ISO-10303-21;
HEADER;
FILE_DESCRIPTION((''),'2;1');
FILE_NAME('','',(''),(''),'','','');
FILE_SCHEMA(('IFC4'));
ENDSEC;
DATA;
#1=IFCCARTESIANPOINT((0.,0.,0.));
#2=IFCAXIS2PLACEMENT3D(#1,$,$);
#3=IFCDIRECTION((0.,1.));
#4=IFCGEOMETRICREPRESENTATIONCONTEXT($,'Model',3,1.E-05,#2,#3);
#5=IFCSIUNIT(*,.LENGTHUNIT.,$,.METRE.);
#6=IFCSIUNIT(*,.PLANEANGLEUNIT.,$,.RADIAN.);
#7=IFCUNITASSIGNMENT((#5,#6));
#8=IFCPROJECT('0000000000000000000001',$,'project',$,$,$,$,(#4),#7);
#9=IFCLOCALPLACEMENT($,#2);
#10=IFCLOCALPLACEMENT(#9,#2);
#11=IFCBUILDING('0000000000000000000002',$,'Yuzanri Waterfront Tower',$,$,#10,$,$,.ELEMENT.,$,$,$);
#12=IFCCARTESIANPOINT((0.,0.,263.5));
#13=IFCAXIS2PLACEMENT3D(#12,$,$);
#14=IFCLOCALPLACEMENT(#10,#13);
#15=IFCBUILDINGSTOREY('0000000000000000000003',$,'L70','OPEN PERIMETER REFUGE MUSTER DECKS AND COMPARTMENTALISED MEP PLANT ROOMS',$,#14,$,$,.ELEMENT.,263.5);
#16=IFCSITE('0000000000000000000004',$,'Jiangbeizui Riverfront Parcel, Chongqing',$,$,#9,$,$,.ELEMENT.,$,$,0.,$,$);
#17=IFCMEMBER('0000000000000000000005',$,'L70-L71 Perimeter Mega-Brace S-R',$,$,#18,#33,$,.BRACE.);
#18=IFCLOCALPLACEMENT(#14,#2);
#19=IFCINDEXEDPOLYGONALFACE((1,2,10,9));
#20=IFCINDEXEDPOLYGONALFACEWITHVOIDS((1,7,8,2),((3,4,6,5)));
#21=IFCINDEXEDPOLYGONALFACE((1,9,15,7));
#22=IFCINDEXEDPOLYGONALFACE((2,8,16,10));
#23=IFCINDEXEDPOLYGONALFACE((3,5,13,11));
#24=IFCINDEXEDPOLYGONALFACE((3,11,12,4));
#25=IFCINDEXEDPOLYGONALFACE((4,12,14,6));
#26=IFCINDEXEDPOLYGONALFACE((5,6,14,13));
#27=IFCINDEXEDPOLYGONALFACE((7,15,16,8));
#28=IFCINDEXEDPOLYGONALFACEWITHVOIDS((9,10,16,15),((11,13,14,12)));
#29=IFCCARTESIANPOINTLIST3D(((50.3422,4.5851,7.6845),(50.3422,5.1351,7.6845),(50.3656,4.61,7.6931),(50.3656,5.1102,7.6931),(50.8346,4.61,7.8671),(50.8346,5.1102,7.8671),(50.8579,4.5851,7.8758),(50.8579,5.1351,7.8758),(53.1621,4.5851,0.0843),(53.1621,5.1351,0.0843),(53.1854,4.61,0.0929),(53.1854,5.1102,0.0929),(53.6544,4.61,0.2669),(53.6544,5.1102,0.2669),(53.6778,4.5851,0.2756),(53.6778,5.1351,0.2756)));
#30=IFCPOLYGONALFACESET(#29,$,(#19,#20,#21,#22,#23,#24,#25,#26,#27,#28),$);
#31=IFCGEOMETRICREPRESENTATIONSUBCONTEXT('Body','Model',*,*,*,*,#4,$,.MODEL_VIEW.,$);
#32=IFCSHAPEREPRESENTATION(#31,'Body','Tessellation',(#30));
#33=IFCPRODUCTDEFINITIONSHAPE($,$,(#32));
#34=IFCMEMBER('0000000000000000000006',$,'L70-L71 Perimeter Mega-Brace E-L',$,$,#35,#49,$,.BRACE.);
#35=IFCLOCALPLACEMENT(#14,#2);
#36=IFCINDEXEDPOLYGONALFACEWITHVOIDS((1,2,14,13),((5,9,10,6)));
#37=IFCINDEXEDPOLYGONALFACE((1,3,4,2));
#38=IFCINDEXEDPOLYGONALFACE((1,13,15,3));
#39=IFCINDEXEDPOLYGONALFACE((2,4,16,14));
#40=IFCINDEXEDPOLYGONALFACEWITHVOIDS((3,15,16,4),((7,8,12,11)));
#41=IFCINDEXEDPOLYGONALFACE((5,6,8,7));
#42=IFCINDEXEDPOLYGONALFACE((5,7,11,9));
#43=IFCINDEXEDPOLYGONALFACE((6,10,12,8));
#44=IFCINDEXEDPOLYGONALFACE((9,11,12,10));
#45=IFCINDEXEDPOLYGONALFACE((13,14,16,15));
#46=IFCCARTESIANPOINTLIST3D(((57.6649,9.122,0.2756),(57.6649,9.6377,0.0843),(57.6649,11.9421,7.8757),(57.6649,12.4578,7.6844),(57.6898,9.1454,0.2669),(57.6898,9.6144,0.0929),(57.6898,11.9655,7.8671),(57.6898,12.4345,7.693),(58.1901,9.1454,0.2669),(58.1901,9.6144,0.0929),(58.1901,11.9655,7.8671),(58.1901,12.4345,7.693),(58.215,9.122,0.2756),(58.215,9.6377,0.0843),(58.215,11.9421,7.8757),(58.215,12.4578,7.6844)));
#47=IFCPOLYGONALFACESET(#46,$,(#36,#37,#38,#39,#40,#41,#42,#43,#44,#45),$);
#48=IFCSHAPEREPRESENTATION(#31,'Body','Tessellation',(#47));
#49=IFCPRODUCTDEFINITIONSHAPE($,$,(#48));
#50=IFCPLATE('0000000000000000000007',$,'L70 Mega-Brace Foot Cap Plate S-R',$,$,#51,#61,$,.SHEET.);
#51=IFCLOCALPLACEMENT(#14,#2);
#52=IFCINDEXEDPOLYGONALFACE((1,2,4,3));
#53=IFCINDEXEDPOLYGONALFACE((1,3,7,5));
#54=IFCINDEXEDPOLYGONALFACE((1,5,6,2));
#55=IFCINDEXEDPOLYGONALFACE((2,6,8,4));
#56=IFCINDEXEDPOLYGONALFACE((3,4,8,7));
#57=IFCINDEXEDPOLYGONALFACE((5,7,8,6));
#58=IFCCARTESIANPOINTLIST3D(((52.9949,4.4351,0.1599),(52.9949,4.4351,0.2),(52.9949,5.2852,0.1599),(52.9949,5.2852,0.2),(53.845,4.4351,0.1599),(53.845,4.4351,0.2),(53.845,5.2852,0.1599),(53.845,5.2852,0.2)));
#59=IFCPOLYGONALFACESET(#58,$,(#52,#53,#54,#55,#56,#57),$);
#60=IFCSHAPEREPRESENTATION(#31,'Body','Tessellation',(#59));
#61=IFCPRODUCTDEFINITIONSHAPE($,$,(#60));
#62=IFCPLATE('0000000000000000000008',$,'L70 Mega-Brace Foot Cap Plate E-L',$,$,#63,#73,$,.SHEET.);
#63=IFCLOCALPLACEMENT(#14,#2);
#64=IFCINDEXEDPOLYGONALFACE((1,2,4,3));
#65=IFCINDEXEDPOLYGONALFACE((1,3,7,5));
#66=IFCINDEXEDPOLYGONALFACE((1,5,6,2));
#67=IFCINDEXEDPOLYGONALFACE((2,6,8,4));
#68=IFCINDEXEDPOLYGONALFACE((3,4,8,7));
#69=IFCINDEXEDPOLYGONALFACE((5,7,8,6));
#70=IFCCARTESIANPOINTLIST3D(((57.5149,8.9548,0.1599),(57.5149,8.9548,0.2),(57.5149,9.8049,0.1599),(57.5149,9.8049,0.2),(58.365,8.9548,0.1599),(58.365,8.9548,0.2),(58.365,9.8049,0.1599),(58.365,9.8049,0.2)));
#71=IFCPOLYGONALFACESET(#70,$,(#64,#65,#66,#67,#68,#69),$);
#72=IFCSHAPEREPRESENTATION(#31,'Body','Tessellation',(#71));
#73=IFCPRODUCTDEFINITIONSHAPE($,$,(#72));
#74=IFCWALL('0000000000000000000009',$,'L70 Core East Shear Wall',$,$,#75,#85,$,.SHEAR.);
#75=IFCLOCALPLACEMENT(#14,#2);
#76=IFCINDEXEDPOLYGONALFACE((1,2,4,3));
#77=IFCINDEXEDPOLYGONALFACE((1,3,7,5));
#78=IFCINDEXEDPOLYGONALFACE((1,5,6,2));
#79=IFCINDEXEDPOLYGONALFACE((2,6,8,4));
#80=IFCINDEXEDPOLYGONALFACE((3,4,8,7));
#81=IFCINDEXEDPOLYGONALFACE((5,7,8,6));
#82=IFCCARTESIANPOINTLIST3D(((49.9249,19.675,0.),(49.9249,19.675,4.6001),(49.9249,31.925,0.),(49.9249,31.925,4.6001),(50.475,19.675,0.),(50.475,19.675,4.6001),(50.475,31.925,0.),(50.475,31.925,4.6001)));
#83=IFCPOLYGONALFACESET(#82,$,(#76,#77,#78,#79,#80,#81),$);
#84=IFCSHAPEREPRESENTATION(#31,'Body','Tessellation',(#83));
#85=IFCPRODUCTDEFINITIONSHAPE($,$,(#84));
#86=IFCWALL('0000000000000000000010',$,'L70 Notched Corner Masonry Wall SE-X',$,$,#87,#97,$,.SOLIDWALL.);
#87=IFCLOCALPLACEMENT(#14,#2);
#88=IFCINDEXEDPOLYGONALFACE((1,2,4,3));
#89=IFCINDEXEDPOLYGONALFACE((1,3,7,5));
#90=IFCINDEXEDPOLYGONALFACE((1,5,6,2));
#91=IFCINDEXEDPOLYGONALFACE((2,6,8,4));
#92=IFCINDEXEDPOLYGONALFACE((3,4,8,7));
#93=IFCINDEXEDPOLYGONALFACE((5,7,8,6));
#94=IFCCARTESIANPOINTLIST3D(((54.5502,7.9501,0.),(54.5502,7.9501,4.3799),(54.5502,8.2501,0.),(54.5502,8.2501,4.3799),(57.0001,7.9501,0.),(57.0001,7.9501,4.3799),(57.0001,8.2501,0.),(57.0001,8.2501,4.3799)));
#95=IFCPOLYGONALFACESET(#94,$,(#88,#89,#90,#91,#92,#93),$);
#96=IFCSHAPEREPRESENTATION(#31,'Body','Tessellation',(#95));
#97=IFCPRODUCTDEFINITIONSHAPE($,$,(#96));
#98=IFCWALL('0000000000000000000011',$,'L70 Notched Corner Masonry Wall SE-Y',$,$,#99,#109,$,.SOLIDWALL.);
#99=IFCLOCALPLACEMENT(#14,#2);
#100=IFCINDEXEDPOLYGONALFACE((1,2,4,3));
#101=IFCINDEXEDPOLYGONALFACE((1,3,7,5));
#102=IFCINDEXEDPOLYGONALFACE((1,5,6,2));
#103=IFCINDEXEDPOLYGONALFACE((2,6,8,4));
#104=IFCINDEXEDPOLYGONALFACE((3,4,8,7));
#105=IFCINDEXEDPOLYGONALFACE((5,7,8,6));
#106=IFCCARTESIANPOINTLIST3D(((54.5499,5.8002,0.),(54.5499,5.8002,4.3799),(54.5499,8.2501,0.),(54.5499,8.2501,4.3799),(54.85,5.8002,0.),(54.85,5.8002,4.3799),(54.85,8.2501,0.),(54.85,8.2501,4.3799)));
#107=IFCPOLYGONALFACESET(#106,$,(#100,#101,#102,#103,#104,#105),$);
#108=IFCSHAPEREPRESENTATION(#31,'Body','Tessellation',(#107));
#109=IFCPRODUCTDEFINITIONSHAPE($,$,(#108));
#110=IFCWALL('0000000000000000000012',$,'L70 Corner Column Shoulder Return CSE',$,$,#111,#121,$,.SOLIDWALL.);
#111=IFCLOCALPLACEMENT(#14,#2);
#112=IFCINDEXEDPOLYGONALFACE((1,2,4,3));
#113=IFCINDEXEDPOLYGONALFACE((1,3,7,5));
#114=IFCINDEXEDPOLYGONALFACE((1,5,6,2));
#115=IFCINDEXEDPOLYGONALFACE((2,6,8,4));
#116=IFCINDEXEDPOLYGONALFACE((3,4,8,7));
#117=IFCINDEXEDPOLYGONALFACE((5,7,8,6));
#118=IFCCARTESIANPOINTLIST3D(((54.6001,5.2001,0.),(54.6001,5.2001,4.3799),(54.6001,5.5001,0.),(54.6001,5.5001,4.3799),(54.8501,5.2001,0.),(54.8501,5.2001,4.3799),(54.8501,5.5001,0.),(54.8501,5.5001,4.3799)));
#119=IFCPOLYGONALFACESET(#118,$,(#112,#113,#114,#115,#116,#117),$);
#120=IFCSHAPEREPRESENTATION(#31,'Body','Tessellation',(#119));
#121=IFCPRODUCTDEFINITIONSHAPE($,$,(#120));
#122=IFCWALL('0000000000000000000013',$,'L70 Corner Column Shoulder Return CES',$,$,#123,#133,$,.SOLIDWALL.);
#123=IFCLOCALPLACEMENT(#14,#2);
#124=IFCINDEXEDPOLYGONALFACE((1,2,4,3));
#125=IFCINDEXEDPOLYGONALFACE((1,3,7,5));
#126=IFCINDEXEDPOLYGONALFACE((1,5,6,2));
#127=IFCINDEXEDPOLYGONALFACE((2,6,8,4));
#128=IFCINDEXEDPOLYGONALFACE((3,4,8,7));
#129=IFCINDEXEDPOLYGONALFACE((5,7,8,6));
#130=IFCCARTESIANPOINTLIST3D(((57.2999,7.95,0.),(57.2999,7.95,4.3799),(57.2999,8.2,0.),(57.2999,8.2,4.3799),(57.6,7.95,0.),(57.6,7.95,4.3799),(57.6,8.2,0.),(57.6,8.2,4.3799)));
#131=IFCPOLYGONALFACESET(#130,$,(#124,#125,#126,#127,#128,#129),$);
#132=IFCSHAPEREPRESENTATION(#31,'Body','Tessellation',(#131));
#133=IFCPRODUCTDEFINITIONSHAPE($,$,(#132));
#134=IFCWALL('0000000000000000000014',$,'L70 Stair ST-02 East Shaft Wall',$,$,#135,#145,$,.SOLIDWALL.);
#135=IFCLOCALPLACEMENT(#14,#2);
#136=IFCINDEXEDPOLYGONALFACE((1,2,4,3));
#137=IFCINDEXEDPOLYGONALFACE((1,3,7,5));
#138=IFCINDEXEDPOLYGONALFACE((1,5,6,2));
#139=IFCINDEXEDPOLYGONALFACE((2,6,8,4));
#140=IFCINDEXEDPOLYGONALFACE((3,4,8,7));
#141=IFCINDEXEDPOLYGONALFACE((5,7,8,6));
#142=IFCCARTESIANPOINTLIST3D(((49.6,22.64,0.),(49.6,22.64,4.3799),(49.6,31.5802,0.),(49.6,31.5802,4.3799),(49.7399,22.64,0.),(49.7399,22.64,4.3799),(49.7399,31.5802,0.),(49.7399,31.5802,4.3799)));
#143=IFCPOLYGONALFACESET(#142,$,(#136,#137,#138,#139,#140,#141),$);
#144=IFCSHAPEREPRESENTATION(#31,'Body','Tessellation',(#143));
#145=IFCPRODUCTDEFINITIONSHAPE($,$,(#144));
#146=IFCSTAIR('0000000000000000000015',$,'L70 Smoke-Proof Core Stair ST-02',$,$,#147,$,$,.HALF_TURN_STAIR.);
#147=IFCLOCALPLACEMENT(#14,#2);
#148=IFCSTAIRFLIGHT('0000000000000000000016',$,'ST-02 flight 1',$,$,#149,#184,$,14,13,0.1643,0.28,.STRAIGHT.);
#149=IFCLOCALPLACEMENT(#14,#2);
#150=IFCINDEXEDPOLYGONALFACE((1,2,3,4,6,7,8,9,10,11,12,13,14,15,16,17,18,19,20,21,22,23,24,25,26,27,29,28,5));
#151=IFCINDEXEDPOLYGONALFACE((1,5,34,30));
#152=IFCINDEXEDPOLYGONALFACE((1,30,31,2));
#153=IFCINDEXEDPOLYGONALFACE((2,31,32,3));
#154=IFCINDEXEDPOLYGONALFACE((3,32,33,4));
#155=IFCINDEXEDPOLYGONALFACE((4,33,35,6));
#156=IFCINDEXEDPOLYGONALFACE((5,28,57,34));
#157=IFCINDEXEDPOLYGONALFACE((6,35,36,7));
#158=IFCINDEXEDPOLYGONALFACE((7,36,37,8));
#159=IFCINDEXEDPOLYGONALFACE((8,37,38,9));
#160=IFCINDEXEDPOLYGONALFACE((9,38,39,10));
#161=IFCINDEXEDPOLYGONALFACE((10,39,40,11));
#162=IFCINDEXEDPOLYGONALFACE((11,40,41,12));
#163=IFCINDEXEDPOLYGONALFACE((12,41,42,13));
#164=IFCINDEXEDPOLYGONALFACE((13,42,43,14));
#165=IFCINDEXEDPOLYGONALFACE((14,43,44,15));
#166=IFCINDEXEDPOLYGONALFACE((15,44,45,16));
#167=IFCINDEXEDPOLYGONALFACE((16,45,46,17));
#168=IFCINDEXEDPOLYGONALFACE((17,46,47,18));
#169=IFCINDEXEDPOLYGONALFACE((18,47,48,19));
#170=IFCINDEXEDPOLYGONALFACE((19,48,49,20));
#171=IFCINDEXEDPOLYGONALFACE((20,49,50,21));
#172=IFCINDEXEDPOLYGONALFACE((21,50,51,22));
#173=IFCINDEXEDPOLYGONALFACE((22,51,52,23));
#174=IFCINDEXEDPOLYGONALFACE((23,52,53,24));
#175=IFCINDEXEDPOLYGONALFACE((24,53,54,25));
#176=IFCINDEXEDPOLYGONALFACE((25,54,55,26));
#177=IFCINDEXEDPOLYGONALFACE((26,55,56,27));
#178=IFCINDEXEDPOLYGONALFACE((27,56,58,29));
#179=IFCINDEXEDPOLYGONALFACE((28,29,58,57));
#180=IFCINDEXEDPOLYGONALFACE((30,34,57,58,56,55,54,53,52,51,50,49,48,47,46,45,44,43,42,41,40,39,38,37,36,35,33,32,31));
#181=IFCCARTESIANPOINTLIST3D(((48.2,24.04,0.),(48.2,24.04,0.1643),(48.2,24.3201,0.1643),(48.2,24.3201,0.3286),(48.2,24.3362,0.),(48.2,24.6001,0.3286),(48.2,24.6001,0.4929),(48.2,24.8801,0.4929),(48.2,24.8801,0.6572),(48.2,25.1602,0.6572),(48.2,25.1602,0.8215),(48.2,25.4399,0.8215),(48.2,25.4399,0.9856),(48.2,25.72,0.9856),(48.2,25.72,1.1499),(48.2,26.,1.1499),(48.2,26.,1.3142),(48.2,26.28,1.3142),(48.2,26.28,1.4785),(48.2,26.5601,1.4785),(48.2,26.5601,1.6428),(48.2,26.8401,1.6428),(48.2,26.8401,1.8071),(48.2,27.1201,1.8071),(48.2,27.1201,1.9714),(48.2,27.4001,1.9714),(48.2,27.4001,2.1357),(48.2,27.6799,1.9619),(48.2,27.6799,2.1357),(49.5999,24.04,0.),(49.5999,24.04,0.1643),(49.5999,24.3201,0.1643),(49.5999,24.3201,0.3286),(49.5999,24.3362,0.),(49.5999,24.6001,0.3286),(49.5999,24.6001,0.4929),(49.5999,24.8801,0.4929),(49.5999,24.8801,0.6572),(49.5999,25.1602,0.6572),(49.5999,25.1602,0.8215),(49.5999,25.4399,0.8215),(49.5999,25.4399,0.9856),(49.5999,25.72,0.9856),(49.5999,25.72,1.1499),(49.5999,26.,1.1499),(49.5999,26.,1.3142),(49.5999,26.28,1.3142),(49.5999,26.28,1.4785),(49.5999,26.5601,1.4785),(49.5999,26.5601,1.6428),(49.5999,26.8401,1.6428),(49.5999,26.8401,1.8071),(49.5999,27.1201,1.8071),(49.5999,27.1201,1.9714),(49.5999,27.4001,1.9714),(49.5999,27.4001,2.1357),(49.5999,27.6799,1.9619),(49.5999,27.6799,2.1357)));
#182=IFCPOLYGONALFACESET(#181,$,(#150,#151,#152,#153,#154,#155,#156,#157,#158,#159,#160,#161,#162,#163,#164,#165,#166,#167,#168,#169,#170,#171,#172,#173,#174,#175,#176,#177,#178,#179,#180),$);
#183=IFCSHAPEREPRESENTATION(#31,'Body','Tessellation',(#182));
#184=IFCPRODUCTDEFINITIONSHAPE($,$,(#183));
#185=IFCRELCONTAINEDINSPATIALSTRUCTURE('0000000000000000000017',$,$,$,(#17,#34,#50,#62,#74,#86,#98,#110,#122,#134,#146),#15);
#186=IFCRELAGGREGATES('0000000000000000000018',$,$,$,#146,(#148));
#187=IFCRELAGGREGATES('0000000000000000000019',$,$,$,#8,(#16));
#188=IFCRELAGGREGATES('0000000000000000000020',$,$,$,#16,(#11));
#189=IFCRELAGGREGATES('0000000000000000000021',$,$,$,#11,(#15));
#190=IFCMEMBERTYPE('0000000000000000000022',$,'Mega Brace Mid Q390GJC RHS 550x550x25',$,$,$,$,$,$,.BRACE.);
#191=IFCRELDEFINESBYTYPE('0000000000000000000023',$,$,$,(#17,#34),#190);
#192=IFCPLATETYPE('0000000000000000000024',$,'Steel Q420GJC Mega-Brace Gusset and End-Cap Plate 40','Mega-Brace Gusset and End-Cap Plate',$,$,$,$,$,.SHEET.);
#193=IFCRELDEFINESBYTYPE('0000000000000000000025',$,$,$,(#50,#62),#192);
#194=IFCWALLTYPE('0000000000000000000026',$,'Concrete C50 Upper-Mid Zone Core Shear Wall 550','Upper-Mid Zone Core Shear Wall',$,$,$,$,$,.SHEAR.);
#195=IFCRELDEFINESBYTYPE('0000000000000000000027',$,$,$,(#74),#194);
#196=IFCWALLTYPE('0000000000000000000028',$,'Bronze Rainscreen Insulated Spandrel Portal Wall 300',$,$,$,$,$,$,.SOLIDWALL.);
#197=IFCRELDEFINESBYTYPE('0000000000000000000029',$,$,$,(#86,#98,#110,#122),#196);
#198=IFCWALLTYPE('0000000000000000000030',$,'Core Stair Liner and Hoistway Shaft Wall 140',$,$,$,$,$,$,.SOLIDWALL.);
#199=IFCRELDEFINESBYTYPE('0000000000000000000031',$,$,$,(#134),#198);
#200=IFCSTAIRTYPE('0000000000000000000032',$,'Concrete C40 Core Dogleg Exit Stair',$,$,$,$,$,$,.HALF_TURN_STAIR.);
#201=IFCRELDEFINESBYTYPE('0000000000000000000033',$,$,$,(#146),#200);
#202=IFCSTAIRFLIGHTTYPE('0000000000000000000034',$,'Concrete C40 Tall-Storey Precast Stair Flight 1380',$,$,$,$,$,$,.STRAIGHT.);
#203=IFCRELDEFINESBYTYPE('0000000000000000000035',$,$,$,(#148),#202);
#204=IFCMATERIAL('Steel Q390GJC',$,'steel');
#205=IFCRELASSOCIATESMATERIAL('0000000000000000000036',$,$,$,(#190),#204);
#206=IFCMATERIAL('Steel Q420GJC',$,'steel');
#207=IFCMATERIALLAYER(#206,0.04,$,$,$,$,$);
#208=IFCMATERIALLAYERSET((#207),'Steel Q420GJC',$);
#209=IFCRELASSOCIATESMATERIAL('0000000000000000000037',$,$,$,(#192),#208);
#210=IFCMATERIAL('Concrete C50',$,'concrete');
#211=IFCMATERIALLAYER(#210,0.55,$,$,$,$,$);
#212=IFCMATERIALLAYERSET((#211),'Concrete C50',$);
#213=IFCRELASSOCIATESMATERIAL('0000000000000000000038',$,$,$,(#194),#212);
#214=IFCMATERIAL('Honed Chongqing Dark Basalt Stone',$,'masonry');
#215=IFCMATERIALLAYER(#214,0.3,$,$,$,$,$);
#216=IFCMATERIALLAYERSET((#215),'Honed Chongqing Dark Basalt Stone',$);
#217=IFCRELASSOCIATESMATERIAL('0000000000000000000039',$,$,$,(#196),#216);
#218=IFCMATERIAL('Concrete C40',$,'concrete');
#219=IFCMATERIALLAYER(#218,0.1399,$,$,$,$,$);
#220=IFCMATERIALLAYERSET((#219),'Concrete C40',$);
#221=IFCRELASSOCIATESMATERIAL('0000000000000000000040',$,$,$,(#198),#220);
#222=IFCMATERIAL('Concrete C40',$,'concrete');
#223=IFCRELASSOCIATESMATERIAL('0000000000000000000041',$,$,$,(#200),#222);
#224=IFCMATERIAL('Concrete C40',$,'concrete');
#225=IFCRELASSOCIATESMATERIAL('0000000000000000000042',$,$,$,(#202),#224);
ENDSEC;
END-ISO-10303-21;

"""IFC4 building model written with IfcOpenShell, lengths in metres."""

from ifc_helpers import new_model, si_unit, direction, frame, frame_2d, origin, origin_2d, place, context, subcontext, project, spatial, polyline, rectangle, hollow_rectangle, outline, extrude, source, transform, mapped, material, layer, layer_set, material_profile, profile_set, type_object, element, aggregate, save


model = new_model("IFC4")

# Units and contexts
model_context = context("Model", 3, precision=1e-05, world=origin(), true_north=direction((0.0, 1.0)))
body_context = subcontext(model_context, "Body", "Model", "MODEL_VIEW")
ifc_project = project(units=[si_unit("LENGTHUNIT", "METRE"), si_unit("PLANEANGLEUNIT", "RADIAN")], contexts=[model_context])

# Site, building, storey
site_placement = place(None, origin())
site = spatial("IfcSite", under=ifc_project, at=site_placement, Name="Jiangbeizui Riverfront Parcel, Chongqing", CompositionType="ELEMENT", RefElevation=0.0)
building_placement = place(site_placement, origin())
building = spatial("IfcBuilding", under=site, at=building_placement, Name="Yuzanri Waterfront Tower", CompositionType="ELEMENT")
storey_placement = place(building_placement, frame((0.0, 0.0, 263.5)))
storey = spatial("IfcBuildingStorey", under=building, at=storey_placement, Name="L70", Description="OPEN PERIMETER REFUGE MUSTER DECKS AND COMPARTMENTALISED MEP PLANT ROOMS", CompositionType="ELEMENT", Elevation=263.5)

# Members
ifc_material_1 = material(Name="Steel Q390GJC", Category="steel")
ifc_material_profile_1 = material_profile(ifc_material_1, hollow_rectangle(XDim=0.55, YDim=0.55, WallThickness=0.0249, at=origin_2d()), Name="RHS 550x550x25")
ifc_profile_set_1 = profile_set([ifc_material_profile_1], Name="Steel Q390GJC")
member_type = type_object("IfcMemberType", Name="Mega Brace Mid Q390GJC RHS 550x550x25", PredefinedType="BRACE", material=ifc_profile_set_1)
shared_shape_1 = source(origin(), body_context, "Body", "SweptSolid", [
    extrude(hollow_rectangle(XDim=0.55, YDim=0.55, WallThickness=0.0249, at=origin_2d()), origin(), (0.0, 0.0, 1.0), 8.1064),
])
for number, where, z_axis, x_axis, name in (
    (1, (53.4199, 4.8601, 0.1799), (-0.347854, 0.0, 0.937549), (0.0, -1.0, 0.0), "L70-L71 Perimeter Mega-Brace S-R"),
    (2, (57.9399, 9.3799, 0.1799), (0.0, 0.34788, 0.937539), (-1.0, 0.0, 0.0), "L70-L71 Perimeter Mega-Brace E-L"),
):
    element("IfcMember", number, at=place(storey_placement, frame(where, z_axis=z_axis, x_axis=x_axis)), inside=storey, type_object=member_type, Name=name, PredefinedType="BRACE", context=body_context, shape_type="MappedRepresentation", body=[
        mapped(shared_shape_1, transform((0.0, 0.0, 0.0), scale=1.0)),
    ])

# Plates
ifc_material_2 = material(Name="Steel Q420GJC", Category="steel")
ifc_layer_1 = layer(ifc_material_2, 0.04)
ifc_layer_set_1 = layer_set([ifc_layer_1], Name="Steel Q420GJC")
plate_type = type_object("IfcPlateType", Name="Steel Q420GJC Mega-Brace Gusset and End-Cap Plate 40", Description="Mega-Brace Gusset and End-Cap Plate", PredefinedType="SHEET", material=ifc_layer_set_1)
shared_shape_2 = source(origin(), body_context, "Body", "SweptSolid", [
    extrude(rectangle(XDim=0.8501, YDim=0.8501, at=origin_2d()), origin(), (0.0, 0.0, 1.0), 0.04),
])
for number, where, z_axis, x_axis, name in (
    (3, (53.4199, 4.8601, 0.1599), (0.0, 0.0, 1.0), (1.0, 0.0, 0.0), "L70 Mega-Brace Foot Cap Plate S-R"),
    (4, (57.9399, 9.3799, 0.1599), (0.0, 0.0, 1.0), (1.0, 0.0, 0.0), "L70 Mega-Brace Foot Cap Plate E-L"),
):
    element("IfcPlate", number, at=place(storey_placement, frame(where, z_axis=z_axis, x_axis=x_axis)), inside=storey, type_object=plate_type, Name=name, PredefinedType="SHEET", context=body_context, shape_type="MappedRepresentation", body=[
        mapped(shared_shape_2, transform((0.0, 0.0, 0.0), scale=1.0)),
    ])

# Walls
ifc_material_3 = material(Name="Concrete C50", Category="concrete")
ifc_layer_2 = layer(ifc_material_3, 0.55)
ifc_layer_set_2 = layer_set([ifc_layer_2], Name="Concrete C50")
wall_type_1 = type_object("IfcWallType", Name="Concrete C50 Upper-Mid Zone Core Shear Wall 550", Description="Upper-Mid Zone Core Shear Wall", PredefinedType="SHEAR", material=ifc_layer_set_2)
shared_shape_3 = source(origin(), body_context, "Body", "SweptSolid", [
    extrude(rectangle(XDim=12.25, YDim=0.55, at=frame_2d((6.125, 0.0))), origin(), (0.0, 0.0, 1.0), 4.6001),
])
wall_1_placement = place(storey_placement, frame((50.2, 19.675, 0.0), z_axis=(0.0, 0.0, 1.0), x_axis=(0.0, 1.0, 0.0)))
element("IfcWall", 5, at=wall_1_placement, inside=storey, type_object=wall_type_1, Name="L70 Core East Shear Wall", PredefinedType="SHEAR", context=body_context, shape_type="MappedRepresentation", body=[
    mapped(shared_shape_3, transform((0.0, 0.0, 0.0), scale=1.0)),
])
ifc_material_4 = material(Name="Honed Chongqing Dark Basalt Stone", Category="masonry")
ifc_layer_3 = layer(ifc_material_4, 0.3)
ifc_layer_set_3 = layer_set([ifc_layer_3], Name="Honed Chongqing Dark Basalt Stone")
wall_type_2 = type_object("IfcWallType", Name="Bronze Rainscreen Insulated Spandrel Portal Wall 300", PredefinedType="SOLIDWALL", material=ifc_layer_set_3)
shared_shape_4 = source(origin(), body_context, "Body", "SweptSolid", [
    extrude(rectangle(XDim=2.45, YDim=0.3, at=frame_2d((1.2251, 0.0))), origin(), (0.0, 0.0, 1.0), 4.3799),
])
for number, where, z_axis, x_axis, name in (
    (6, (54.55, 8.1001, 0.0), (0.0, 0.0, 1.0), (1.0, 0.0, 0.0), "L70 Notched Corner Masonry Wall SE-X"),
    (7, (54.7, 5.8, 0.0), (0.0, 0.0, 1.0), (0.0, 1.0, 0.0), "L70 Notched Corner Masonry Wall SE-Y"),
):
    element("IfcWall", number, at=place(storey_placement, frame(where, z_axis=z_axis, x_axis=x_axis)), inside=storey, type_object=wall_type_2, Name=name, PredefinedType="SOLIDWALL", context=body_context, shape_type="MappedRepresentation", body=[
        mapped(shared_shape_4, transform((0.0, 0.0, 0.0), scale=1.0)),
    ])
shared_shape_5 = source(origin(), body_context, "Body", "SweptSolid", [
    extrude(rectangle(XDim=0.25, YDim=0.3, at=frame_2d((0.125, 0.0))), origin(), (0.0, 0.0, 1.0), 4.3799),
])
for number, where, z_axis, x_axis, name in (
    (8, (54.6001, 5.3501, 0.0), (0.0, 0.0, 1.0), (1.0, 0.0, 0.0), "L70 Corner Column Shoulder Return CSE"),
    (9, (57.45, 7.95, 0.0), (0.0, 0.0, 1.0), (0.0, 1.0, 0.0), "L70 Corner Column Shoulder Return CES"),
):
    element("IfcWall", number, at=place(storey_placement, frame(where, z_axis=z_axis, x_axis=x_axis)), inside=storey, type_object=wall_type_2, Name=name, PredefinedType="SOLIDWALL", context=body_context, shape_type="MappedRepresentation", body=[
        mapped(shared_shape_5, transform((0.0, 0.0, 0.0), scale=1.0)),
    ])
ifc_material_5 = material(Name="Concrete C40", Category="concrete")
ifc_layer_4 = layer(ifc_material_5, 0.1399)
ifc_layer_set_4 = layer_set([ifc_layer_4], Name="Concrete C40")
wall_type_3 = type_object("IfcWallType", Name="Core Stair Liner and Hoistway Shaft Wall 140", PredefinedType="SOLIDWALL", material=ifc_layer_set_4)
shared_shape_6 = source(origin(), body_context, "Body", "SweptSolid", [
    extrude(rectangle(XDim=8.9402, YDim=0.1399, at=frame_2d((4.4702, 0.0))), origin(), (0.0, 0.0, 1.0), 4.3799),
])
wall_2_placement = place(storey_placement, frame((49.6699, 22.6399, 0.0), z_axis=(0.0, 0.0, 1.0), x_axis=(0.0, 1.0, 0.0)))
element("IfcWall", 10, at=wall_2_placement, inside=storey, type_object=wall_type_3, Name="L70 Stair ST-02 East Shaft Wall", PredefinedType="SOLIDWALL", context=body_context, shape_type="MappedRepresentation", body=[
    mapped(shared_shape_6, transform((0.0, 0.0, 0.0), scale=1.0)),
])

# Stair, stair flight
ifc_material_6 = material(Name="Concrete C40", Category="concrete")
stair_type = type_object("IfcStairType", Name="Concrete C40 Core Dogleg Exit Stair", PredefinedType="HALF_TURN_STAIR", material=ifc_material_6)
stair_placement = place(storey_placement, origin())
stair = element("IfcStair", 11, at=stair_placement, inside=storey, type_object=stair_type, Name="L70 Smoke-Proof Core Stair ST-02", PredefinedType="HALF_TURN_STAIR")
ifc_material_7 = material(Name="Concrete C40", Category="concrete")
stair_flight_type = type_object("IfcStairFlightType", Name="Concrete C40 Tall-Storey Precast Stair Flight 1380", PredefinedType="STRAIGHT", material=ifc_material_7)
shared_shape_7 = source(origin(), body_context, "Body", "SweptSolid", [
    extrude(outline(polyline([(0.0, 0.0), (0.0, 0.1643), (0.28, 0.1643), (0.28, 0.3286), (0.5601, 0.3286), (0.5601, 0.4929), (0.8401, 0.4929), (0.8401, 0.6572), (1.1201, 0.6572), (1.1201, 0.8215), (1.3999, 0.8215), (1.3999, 0.9856), (1.6799, 0.9856), (1.6799, 1.1499), (1.96, 1.1499), (1.96, 1.3142), (2.24, 1.3142), (2.24, 1.4785), (2.52, 1.4785), (2.52, 1.6428), (2.8, 1.6428), (2.8, 1.8071), (3.0801, 1.8071), (3.0801, 1.9714), (3.3601, 1.9714), (3.3601, 2.1357), (3.6399, 2.1357), (3.6399, 2.3), (3.6399, 1.9619), (0.2961, 0.0), (0.0, 0.0)])), frame((0.0, 0.7, 0.0), z_axis=(0.0, -1.0, 0.0), x_axis=(1.0, 0.0, 0.0)), (0.0, 0.0, 1.0), 1.3999),
])
stair_flight_placement = place(storey_placement, frame((48.8999, 24.04, 0.0), z_axis=(0.0, 0.0, 1.0), x_axis=(0.0, 1.0, 0.0)))
stair_flight = element("IfcStairFlight", 12, at=stair_flight_placement, type_object=stair_flight_type, Name="ST-02 flight 1", NumberOfRisers=14, NumberOfTreads=13, PredefinedType="STRAIGHT", RiserHeight=0.1643, TreadLength=0.28, context=body_context, shape_type="MappedRepresentation", body=[
    mapped(shared_shape_7, transform((0.0, 0.0, 0.0), scale=1.0)),
])
aggregate(stair, [stair_flight])

save(model, "model.ifc")
